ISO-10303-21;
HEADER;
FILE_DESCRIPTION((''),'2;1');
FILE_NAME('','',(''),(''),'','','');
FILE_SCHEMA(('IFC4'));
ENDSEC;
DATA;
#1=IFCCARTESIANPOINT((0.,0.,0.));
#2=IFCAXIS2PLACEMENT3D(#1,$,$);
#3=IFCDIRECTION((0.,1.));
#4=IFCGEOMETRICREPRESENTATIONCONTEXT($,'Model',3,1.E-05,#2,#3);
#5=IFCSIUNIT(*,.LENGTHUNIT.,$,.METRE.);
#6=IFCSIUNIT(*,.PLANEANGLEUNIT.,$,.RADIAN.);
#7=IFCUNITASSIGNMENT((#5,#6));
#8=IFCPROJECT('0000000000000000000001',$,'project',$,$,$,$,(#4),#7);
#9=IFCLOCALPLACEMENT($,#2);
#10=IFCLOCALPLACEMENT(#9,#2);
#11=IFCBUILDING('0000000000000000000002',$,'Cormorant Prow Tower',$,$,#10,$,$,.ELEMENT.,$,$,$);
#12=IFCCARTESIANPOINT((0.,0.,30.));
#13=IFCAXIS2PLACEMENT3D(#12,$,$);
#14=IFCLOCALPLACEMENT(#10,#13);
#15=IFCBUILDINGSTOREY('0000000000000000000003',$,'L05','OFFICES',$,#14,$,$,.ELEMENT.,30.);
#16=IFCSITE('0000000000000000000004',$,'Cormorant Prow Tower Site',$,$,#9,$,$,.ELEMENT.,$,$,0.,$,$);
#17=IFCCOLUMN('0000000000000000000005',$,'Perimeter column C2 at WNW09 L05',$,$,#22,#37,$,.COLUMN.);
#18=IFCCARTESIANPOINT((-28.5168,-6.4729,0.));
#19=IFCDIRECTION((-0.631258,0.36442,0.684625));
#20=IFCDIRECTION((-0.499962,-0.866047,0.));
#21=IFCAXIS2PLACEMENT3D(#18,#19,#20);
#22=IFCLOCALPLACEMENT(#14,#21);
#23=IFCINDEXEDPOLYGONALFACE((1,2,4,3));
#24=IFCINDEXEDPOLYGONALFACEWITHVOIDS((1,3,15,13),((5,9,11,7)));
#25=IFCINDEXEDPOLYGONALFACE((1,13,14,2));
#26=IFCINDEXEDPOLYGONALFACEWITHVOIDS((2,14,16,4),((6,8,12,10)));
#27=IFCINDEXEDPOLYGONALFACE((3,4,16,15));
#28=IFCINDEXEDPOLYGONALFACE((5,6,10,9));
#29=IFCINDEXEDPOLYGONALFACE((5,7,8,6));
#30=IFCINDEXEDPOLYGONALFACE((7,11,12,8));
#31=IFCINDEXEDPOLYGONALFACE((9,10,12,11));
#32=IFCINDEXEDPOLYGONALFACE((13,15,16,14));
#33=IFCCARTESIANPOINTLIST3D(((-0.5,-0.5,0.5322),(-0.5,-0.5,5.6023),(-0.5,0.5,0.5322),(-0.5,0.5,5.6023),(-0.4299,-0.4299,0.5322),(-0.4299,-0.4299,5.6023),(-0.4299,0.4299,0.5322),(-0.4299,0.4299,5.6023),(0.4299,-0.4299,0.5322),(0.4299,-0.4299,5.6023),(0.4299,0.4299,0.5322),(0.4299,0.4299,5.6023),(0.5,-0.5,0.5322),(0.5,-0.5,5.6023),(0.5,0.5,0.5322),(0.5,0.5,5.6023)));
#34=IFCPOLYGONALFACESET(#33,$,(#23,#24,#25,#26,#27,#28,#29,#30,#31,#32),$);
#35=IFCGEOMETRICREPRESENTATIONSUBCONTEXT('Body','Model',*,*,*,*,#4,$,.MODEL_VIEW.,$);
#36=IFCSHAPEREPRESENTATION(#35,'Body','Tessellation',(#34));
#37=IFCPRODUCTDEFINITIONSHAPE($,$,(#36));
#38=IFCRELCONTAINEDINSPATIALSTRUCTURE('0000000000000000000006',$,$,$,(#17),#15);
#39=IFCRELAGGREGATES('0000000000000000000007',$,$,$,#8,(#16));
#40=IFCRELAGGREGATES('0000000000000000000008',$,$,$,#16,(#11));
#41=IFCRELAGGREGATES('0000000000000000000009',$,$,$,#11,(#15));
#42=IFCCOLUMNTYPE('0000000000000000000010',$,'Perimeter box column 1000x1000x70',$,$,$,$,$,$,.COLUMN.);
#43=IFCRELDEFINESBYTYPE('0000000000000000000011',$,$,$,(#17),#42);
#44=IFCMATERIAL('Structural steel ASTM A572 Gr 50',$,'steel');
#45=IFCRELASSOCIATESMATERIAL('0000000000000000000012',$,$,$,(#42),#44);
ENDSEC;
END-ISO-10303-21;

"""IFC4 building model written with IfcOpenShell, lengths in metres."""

from ifc_helpers import new_model, si_unit, direction, frame, origin, origin_2d, place, context, subcontext, project, spatial, hollow_rectangle, extrude, material, material_profile, profile_set, type_object, element, save


model = new_model("IFC4")

# Units and contexts
model_context = context("Model", 3, precision=1e-05, world=origin(), true_north=direction((0.0, 1.0)))
body_context = subcontext(model_context, "Body", "Model", "MODEL_VIEW")
ifc_project = project(units=[si_unit("LENGTHUNIT", "METRE"), si_unit("PLANEANGLEUNIT", "RADIAN")], contexts=[model_context])

# Site, building, storey
site_placement = place(None, origin())
site = spatial("IfcSite", under=ifc_project, at=site_placement, Name="Cormorant Prow Tower Site", CompositionType="ELEMENT", RefElevation=0.0)
building_placement = place(site_placement, origin())
building = spatial("IfcBuilding", under=site, at=building_placement, Name="Cormorant Prow Tower", CompositionType="ELEMENT")
storey_placement = place(building_placement, frame((0.0, 0.0, 30.0)))
storey = spatial("IfcBuildingStorey", under=building, at=storey_placement, Name="L05", Description="OFFICES", CompositionType="ELEMENT", Elevation=30.0)

# Column
ifc_material_1 = material(Name="Structural steel ASTM A572 Gr 50", Category="steel")
ifc_material_profile_1 = material_profile(ifc_material_1, hollow_rectangle(XDim=1.0, YDim=1.0, WallThickness=0.0701, at=origin_2d()), Name="Box 1000x1000x70")
ifc_profile_set_1 = profile_set([ifc_material_profile_1], Name="Structural steel ASTM A572 Gr 50")
column_type_1 = type_object("IfcColumnType", Name="Perimeter box column 1000x1000x70", PredefinedType="COLUMN", material=ifc_profile_set_1)
column_1_placement = place(storey_placement, frame((-28.5168, -6.4729, 0.0), z_axis=(-0.631258, 0.36442, 0.684625), x_axis=(-0.499962, -0.866047, 0.0)))
element("IfcColumn", 1, at=column_1_placement, inside=storey, type_object=column_type_1, Name="Perimeter column C2 at WNW09 L05", PredefinedType="COLUMN", context=body_context, shape_type="SweptSolid", body=[
    extrude(hollow_rectangle(XDim=1.0, YDim=1.0, WallThickness=0.0701, at=origin_2d()), frame((0.0, 0.0, 0.5322)), (0.0, 0.0, 1.0), 5.0701),
])

save(model, "model.ifc")
